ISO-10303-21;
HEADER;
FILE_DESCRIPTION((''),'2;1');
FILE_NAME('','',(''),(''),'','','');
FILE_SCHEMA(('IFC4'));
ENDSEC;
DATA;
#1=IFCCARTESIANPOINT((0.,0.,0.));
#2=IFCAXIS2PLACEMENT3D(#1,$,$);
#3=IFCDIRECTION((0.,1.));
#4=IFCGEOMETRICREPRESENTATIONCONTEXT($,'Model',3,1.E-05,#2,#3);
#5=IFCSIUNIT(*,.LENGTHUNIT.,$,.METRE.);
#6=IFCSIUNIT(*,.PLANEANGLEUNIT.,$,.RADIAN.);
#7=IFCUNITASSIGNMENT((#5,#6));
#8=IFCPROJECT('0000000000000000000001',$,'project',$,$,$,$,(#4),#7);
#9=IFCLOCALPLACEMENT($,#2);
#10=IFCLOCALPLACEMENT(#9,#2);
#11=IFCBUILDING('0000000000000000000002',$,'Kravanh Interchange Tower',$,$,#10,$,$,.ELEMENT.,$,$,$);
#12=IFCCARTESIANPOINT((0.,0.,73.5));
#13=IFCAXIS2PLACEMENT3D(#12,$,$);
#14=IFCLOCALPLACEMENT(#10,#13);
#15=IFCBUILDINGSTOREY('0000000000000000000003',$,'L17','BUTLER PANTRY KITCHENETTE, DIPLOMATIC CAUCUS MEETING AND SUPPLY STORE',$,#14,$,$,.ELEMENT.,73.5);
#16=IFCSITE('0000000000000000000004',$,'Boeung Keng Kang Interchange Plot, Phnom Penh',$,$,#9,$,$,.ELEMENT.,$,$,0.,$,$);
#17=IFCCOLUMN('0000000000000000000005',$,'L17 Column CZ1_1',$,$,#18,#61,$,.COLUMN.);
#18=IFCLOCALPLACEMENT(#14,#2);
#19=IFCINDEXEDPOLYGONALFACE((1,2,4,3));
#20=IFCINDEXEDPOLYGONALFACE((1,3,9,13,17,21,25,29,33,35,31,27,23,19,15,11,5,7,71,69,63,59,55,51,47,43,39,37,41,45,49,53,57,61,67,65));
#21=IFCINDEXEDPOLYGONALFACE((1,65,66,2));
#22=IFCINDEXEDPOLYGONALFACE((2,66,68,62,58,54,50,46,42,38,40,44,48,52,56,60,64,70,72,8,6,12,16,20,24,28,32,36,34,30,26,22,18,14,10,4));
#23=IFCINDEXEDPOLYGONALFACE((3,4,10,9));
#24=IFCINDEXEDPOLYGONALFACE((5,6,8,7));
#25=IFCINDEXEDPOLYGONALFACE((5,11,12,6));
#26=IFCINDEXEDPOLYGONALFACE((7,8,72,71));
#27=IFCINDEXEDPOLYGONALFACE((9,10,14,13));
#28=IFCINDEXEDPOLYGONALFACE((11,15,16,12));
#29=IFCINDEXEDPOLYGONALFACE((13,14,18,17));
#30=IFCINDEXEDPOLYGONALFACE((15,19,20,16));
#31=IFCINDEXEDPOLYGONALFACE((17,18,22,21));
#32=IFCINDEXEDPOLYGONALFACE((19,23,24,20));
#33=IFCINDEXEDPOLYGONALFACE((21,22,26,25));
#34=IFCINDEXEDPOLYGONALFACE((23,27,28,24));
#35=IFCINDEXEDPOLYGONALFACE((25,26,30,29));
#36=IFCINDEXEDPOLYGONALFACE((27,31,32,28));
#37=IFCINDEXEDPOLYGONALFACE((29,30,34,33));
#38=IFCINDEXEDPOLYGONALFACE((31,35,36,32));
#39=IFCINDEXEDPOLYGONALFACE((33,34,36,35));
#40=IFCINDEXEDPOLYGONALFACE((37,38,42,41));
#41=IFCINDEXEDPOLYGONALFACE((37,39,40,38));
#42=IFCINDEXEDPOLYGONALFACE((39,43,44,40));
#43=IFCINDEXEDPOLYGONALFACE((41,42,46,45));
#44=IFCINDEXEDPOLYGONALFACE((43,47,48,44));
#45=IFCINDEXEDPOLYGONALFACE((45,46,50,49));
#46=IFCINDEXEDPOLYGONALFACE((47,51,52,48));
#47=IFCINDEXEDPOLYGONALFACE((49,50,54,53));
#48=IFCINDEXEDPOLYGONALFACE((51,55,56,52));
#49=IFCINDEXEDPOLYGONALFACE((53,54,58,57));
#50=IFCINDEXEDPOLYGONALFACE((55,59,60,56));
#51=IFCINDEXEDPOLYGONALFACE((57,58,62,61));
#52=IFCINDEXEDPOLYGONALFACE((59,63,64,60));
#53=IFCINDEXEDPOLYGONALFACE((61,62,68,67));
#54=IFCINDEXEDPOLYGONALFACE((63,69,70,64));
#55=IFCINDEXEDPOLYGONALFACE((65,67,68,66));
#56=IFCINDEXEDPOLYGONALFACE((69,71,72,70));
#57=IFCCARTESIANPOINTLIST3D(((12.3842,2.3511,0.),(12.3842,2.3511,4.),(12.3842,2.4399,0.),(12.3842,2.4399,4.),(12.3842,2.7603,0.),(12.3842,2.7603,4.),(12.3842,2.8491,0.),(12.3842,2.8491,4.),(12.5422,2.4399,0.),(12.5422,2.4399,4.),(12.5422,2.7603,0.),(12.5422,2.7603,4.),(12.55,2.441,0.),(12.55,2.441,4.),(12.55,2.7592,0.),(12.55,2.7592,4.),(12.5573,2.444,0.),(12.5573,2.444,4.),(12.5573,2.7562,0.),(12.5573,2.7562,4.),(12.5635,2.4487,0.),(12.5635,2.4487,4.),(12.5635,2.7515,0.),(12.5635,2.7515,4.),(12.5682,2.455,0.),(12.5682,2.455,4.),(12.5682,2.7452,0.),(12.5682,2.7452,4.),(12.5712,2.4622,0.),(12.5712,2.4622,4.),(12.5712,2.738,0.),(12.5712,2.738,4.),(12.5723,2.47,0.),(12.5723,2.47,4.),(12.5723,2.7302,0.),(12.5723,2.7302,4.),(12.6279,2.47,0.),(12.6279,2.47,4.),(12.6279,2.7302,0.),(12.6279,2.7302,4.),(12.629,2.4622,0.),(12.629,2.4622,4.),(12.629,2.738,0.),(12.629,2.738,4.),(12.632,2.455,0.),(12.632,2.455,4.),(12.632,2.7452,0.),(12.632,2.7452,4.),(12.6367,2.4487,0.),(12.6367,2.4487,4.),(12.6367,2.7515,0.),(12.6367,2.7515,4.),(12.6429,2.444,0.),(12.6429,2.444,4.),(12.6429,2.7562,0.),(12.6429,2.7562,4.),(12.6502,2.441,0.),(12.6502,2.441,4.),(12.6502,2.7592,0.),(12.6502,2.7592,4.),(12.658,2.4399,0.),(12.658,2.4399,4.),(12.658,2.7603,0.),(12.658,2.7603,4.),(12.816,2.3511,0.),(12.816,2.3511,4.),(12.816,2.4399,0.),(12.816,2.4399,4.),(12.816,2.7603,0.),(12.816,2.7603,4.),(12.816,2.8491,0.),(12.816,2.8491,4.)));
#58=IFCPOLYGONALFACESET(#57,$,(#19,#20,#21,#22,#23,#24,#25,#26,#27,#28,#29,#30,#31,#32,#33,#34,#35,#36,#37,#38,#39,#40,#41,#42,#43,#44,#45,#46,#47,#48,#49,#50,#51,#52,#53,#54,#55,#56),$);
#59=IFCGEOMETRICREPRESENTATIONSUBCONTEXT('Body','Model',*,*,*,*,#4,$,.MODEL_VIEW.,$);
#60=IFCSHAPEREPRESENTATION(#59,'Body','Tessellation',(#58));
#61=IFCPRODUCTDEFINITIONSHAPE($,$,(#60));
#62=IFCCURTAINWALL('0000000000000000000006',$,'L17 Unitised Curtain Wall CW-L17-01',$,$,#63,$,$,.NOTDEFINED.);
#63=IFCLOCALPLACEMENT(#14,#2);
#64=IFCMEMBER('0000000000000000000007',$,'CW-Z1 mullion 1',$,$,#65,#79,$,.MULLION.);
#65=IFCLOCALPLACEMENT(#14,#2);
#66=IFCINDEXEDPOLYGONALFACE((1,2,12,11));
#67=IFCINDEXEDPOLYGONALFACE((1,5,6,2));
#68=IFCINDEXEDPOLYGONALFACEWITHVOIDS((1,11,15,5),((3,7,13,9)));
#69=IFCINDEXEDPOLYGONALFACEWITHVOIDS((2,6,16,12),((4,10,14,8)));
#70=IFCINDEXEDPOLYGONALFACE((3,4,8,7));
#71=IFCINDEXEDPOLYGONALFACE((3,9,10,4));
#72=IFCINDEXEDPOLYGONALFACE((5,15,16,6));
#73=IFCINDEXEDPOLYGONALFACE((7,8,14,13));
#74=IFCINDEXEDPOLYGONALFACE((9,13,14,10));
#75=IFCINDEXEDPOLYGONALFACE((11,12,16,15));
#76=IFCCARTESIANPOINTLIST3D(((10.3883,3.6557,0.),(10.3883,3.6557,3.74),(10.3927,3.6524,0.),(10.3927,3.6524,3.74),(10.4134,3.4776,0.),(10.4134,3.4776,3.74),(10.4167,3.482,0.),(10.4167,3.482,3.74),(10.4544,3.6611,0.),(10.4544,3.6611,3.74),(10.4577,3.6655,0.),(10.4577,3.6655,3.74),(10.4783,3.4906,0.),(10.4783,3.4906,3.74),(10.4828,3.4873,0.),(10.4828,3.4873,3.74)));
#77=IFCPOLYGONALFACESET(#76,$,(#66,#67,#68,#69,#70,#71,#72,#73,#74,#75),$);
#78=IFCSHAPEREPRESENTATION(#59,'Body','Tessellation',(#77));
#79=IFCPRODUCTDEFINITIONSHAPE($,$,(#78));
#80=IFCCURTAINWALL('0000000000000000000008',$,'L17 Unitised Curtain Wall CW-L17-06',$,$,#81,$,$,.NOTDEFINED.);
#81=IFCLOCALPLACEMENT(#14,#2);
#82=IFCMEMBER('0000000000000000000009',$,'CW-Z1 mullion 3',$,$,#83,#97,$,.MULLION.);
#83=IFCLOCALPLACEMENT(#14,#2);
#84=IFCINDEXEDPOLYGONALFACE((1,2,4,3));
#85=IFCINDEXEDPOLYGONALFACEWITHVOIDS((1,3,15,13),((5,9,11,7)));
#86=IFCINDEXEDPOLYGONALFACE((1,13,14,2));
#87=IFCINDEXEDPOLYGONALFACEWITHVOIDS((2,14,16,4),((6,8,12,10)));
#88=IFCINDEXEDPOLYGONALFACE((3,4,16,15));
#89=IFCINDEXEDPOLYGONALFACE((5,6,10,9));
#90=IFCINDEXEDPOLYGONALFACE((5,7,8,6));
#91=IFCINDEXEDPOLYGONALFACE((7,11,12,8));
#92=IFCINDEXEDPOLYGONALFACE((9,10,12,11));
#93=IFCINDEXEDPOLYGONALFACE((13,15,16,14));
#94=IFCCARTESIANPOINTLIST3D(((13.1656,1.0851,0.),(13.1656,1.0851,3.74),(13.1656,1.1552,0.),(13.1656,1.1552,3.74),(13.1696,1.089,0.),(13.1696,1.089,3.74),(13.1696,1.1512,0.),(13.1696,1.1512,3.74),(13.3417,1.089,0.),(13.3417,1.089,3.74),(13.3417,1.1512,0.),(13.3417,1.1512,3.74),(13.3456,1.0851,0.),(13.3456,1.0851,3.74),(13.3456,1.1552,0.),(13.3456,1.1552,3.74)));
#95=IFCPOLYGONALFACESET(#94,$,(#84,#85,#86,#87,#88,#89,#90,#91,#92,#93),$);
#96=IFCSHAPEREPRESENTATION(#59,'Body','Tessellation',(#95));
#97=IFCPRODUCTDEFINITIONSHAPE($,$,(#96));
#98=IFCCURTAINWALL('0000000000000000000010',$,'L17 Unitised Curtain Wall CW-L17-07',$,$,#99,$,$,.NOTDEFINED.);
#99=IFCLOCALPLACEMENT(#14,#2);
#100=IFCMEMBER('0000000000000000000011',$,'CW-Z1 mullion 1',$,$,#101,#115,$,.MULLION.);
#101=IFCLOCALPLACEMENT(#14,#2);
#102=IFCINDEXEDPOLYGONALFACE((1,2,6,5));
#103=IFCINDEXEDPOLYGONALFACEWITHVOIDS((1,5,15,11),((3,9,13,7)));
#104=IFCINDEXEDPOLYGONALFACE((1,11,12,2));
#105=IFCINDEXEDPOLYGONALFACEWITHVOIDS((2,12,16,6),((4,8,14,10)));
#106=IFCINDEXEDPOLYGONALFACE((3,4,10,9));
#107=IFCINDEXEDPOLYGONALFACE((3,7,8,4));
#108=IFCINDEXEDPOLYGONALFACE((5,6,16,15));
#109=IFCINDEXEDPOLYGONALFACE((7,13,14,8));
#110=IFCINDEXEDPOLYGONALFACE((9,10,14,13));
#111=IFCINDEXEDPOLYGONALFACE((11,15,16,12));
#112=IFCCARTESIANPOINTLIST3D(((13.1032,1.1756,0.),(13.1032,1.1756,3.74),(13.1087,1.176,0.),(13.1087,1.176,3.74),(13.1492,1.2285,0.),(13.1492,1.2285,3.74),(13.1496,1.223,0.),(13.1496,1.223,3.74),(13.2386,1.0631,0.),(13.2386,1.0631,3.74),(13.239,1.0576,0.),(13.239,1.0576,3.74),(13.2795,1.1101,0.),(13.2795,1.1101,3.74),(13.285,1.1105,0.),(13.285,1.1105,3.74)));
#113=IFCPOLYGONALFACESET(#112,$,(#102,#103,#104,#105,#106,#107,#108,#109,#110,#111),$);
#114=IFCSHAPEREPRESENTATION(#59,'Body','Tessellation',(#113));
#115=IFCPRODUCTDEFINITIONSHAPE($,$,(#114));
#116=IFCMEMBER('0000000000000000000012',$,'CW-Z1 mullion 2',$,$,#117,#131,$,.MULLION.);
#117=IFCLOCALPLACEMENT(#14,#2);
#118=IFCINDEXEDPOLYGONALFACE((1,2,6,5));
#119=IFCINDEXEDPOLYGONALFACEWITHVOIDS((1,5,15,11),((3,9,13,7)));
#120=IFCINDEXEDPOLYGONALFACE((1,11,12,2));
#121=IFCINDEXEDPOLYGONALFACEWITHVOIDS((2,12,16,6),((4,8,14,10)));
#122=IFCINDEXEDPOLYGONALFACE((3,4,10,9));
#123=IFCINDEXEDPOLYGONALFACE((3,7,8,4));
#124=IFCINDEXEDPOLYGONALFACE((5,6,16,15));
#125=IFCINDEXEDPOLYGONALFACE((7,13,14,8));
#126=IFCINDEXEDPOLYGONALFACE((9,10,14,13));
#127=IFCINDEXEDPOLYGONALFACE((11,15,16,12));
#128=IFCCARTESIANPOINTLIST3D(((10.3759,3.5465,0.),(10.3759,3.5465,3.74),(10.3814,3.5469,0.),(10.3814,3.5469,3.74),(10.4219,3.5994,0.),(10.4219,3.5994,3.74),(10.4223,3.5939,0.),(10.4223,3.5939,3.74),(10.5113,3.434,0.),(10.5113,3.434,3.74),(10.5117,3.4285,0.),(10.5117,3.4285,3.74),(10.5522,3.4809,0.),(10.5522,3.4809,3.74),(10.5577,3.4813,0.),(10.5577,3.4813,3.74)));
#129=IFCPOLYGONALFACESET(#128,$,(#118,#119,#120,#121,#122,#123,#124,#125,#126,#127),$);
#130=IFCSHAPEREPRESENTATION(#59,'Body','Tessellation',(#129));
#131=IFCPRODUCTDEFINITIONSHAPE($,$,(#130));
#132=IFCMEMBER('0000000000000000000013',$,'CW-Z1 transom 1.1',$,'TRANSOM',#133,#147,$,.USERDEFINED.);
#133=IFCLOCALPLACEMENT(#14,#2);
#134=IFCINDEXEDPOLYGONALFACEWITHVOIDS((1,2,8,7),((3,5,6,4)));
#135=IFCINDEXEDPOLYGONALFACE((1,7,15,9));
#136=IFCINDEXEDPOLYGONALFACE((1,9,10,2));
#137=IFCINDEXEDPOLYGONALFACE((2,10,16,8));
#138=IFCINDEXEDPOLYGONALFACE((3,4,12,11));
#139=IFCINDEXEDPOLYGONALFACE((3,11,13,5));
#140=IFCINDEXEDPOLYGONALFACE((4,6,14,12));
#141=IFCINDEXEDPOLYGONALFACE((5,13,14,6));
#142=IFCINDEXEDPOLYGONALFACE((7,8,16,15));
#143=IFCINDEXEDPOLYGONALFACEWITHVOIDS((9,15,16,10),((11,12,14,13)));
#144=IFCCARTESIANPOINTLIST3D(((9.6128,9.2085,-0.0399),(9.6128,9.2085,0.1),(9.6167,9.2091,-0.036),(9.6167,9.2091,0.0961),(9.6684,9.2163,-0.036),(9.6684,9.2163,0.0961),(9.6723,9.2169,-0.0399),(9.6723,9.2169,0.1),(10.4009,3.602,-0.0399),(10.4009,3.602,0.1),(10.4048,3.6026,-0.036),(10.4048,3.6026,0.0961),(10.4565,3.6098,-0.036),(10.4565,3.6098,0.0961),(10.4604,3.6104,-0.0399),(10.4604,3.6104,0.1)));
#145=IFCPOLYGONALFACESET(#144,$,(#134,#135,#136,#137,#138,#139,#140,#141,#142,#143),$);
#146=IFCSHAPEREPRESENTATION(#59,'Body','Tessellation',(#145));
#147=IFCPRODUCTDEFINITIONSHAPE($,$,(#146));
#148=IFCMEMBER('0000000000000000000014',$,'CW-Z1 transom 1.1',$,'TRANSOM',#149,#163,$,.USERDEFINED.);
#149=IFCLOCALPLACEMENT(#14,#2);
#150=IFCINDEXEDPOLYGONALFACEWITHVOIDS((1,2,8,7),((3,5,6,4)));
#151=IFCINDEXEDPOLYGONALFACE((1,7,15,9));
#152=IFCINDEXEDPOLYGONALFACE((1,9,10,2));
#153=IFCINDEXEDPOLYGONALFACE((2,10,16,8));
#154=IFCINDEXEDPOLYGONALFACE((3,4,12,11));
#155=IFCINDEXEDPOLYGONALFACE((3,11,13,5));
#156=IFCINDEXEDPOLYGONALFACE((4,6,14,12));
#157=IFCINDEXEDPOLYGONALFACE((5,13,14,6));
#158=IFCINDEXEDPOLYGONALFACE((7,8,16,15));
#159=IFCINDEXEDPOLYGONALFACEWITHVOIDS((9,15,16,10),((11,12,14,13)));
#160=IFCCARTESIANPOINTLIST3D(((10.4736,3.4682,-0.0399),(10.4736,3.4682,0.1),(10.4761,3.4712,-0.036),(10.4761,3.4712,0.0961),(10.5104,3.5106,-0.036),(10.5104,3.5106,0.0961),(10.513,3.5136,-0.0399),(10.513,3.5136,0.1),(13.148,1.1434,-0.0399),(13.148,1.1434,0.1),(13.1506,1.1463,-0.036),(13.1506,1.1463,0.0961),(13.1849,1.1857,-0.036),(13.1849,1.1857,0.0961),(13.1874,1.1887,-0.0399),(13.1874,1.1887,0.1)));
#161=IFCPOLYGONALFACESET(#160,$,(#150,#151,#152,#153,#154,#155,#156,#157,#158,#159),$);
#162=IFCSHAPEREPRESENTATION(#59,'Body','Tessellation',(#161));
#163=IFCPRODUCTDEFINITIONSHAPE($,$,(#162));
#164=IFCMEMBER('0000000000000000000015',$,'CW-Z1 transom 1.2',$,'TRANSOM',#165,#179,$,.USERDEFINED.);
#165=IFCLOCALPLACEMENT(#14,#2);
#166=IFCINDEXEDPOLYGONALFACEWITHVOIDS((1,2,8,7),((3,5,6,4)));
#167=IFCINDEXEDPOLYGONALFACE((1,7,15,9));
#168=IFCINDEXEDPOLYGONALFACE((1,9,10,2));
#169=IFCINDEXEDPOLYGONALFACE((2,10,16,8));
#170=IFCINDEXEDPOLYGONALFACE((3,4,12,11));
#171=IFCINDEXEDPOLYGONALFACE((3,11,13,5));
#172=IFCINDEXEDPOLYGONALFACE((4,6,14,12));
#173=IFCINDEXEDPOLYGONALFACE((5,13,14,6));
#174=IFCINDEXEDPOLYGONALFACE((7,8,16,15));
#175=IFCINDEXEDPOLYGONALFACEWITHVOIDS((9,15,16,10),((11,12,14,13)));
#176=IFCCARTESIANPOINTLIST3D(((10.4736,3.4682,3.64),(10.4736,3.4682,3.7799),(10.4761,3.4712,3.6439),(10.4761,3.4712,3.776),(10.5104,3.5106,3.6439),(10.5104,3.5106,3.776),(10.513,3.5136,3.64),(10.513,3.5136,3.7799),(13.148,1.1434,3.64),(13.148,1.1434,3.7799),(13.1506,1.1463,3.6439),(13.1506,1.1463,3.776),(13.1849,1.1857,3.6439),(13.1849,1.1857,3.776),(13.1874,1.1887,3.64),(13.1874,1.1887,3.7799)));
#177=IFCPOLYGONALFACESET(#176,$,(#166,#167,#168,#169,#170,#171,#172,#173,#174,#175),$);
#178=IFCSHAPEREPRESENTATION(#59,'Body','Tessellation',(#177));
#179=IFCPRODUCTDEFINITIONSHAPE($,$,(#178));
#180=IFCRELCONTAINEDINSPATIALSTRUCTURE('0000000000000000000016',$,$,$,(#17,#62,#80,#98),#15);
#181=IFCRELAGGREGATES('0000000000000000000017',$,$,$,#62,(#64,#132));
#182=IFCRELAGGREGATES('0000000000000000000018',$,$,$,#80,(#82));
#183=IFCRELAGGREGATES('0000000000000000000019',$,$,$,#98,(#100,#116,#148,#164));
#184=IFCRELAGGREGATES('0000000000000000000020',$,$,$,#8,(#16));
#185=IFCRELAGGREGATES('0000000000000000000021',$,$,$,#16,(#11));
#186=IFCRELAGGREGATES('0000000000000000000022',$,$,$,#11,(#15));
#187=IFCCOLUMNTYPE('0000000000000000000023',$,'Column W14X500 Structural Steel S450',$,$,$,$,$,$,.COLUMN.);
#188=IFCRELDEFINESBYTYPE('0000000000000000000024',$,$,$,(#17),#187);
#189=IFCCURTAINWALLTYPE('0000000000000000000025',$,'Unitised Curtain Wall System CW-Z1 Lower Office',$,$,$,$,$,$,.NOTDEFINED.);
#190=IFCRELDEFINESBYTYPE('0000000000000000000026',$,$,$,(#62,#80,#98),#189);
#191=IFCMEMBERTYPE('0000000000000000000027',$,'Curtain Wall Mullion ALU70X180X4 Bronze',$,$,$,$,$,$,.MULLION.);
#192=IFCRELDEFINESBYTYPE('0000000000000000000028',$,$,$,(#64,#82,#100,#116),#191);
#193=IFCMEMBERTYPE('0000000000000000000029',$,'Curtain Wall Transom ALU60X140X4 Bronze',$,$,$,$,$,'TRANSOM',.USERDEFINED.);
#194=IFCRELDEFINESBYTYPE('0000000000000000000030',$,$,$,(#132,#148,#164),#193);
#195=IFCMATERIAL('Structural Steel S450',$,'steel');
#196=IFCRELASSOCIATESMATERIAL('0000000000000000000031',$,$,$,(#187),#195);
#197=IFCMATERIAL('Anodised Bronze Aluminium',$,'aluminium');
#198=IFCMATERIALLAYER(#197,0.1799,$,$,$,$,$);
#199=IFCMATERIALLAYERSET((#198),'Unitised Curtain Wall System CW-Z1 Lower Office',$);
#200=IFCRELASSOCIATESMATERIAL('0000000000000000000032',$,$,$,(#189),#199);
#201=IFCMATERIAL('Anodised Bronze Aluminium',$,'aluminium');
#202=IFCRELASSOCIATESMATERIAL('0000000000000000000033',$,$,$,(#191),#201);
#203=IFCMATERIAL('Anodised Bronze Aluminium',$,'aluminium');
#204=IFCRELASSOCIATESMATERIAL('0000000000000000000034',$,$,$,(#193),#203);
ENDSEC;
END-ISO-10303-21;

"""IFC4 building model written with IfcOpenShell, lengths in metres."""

from ifc_helpers import new_model, si_unit, direction, frame, origin, origin_2d, place, context, subcontext, project, spatial, hollow_rectangle, i_section, extrude, material, layer, layer_set, material_profile, profile_set, type_object, element, aggregate, save


model = new_model("IFC4")

# Units and contexts
model_context = context("Model", 3, precision=1e-05, world=origin(), true_north=direction((0.0, 1.0)))
body_context = subcontext(model_context, "Body", "Model", "MODEL_VIEW")
ifc_project = project(units=[si_unit("LENGTHUNIT", "METRE"), si_unit("PLANEANGLEUNIT", "RADIAN")], contexts=[model_context])

# Site, building, storey
site_placement = place(None, origin())
site = spatial("IfcSite", under=ifc_project, at=site_placement, Name="Boeung Keng Kang Interchange Plot, Phnom Penh", CompositionType="ELEMENT", RefElevation=0.0)
building_placement = place(site_placement, origin())
building = spatial("IfcBuilding", under=site, at=building_placement, Name="Kravanh Interchange Tower", CompositionType="ELEMENT")
storey_placement = place(building_placement, frame((0.0, 0.0, 73.5)))
storey = spatial("IfcBuildingStorey", under=building, at=storey_placement, Name="L17", Description="BUTLER PANTRY KITCHENETTE, DIPLOMATIC CAUCUS MEETING AND SUPPLY STORE", CompositionType="ELEMENT", Elevation=73.5)

# Column
ifc_material_1 = material(Name="Structural Steel S450", Category="steel")
ifc_material_profile_1 = material_profile(ifc_material_1, i_section(OverallWidth=0.4319, OverallDepth=0.498, WebThickness=0.0557, FlangeThickness=0.0889, FilletRadius=0.03, at=origin_2d()), Name="W14X500")
ifc_profile_set_1 = profile_set([ifc_material_profile_1], Name="Structural Steel S450")
column_type = type_object("IfcColumnType", Name="Column W14X500 Structural Steel S450", PredefinedType="COLUMN", material=ifc_profile_set_1)
column_placement = place(storey_placement, frame((12.6001, 2.6001, 0.0), z_axis=(0.0, 0.0, 1.0), x_axis=(1.0, 0.0, 0.0)))
element("IfcColumn", 1, at=column_placement, inside=storey, type_object=column_type, Name="L17 Column CZ1_1", PredefinedType="COLUMN", context=body_context, shape_type="SweptSolid", body=[
    extrude(i_section(OverallWidth=0.4319, OverallDepth=0.498, WebThickness=0.0557, FlangeThickness=0.0889, FilletRadius=0.03, at=origin_2d()), origin(), (0.0, 0.0, 1.0), 4.0),
])

# Curtain walls, members
ifc_material_2 = material(Name="Anodised Bronze Aluminium", Category="aluminium")
ifc_layer_1 = layer(ifc_material_2, 0.1799)
ifc_layer_set_1 = layer_set([ifc_layer_1], Name="Unitised Curtain Wall System CW-Z1 Lower Office")
curtain_wall_type = type_object("IfcCurtainWallType", Name="Unitised Curtain Wall System CW-Z1 Lower Office", PredefinedType="NOTDEFINED", material=ifc_layer_set_1)
curtain_wall_1_placement = place(storey_placement, origin())
curtain_wall_1 = element("IfcCurtainWall", 2, at=curtain_wall_1_placement, inside=storey, type_object=curtain_wall_type, Name="L17 Unitised Curtain Wall CW-L17-01", PredefinedType="NOTDEFINED")
ifc_material_3 = material(Name="Anodised Bronze Aluminium", Category="aluminium")
ifc_material_profile_2 = material_profile(ifc_material_3, hollow_rectangle(XDim=0.0701, YDim=0.1799, WallThickness=0.0039, at=origin_2d()), Name="ALU70X180X4")
ifc_profile_set_2 = profile_set([ifc_material_profile_2], Name="Anodised Bronze Aluminium")
member_type_1 = type_object("IfcMemberType", Name="Curtain Wall Mullion ALU70X180X4 Bronze", PredefinedType="MULLION", material=ifc_profile_set_2)
member_1_placement = place(storey_placement, frame((10.4355, 3.5715, 0.0), z_axis=(0.0, 0.0, 1.0), x_axis=(-0.990268, -0.139177, 0.0)))
member_1 = element("IfcMember", 3, at=member_1_placement, type_object=member_type_1, Name="CW-Z1 mullion 1", PredefinedType="MULLION", context=body_context, shape_type="SweptSolid", body=[
    extrude(hollow_rectangle(XDim=0.0701, YDim=0.1799, WallThickness=0.0039, at=origin_2d()), origin(), (0.0, 0.0, 1.0), 3.74),
])
curtain_wall_2_placement = place(storey_placement, origin())
curtain_wall_2 = element("IfcCurtainWall", 4, at=curtain_wall_2_placement, inside=storey, type_object=curtain_wall_type, Name="L17 Unitised Curtain Wall CW-L17-06", PredefinedType="NOTDEFINED")
member_2_placement = place(storey_placement, frame((13.2556, 1.1201, 0.0), z_axis=(0.0, 0.0, 1.0), x_axis=(0.0, -1.0, 0.0)))
member_2 = element("IfcMember", 5, at=member_2_placement, type_object=member_type_1, Name="CW-Z1 mullion 3", PredefinedType="MULLION", context=body_context, shape_type="SweptSolid", body=[
    extrude(hollow_rectangle(XDim=0.0701, YDim=0.1799, WallThickness=0.0039, at=origin_2d()), origin(), (0.0, 0.0, 1.0), 3.74),
])

# Curtain wall, members
curtain_wall_3_placement = place(storey_placement, origin())
curtain_wall_3 = element("IfcCurtainWall", 6, at=curtain_wall_3_placement, inside=storey, type_object=curtain_wall_type, Name="L17 Unitised Curtain Wall CW-L17-07", PredefinedType="NOTDEFINED")
member_3_placement = place(storey_placement, frame((13.1941, 1.1431, 0.0), z_axis=(0.0, 0.0, 1.0), x_axis=(-0.65606, -0.754708, 0.0)))
member_3 = element("IfcMember", 7, at=member_3_placement, type_object=member_type_1, Name="CW-Z1 mullion 1", PredefinedType="MULLION", context=body_context, shape_type="SweptSolid", body=[
    extrude(hollow_rectangle(XDim=0.0701, YDim=0.1799, WallThickness=0.0039, at=origin_2d()), origin(), (0.0, 0.0, 1.0), 3.74),
])
member_4_placement = place(storey_placement, frame((10.4668, 3.5139, 0.0), z_axis=(0.0, 0.0, 1.0), x_axis=(-0.65606, -0.754708, 0.0)))
member_4 = element("IfcMember", 8, at=member_4_placement, type_object=member_type_1, Name="CW-Z1 mullion 2", PredefinedType="MULLION", context=body_context, shape_type="SweptSolid", body=[
    extrude(hollow_rectangle(XDim=0.0701, YDim=0.1799, WallThickness=0.0039, at=origin_2d()), origin(), (0.0, 0.0, 1.0), 3.74),
])

# Members
ifc_material_4 = material(Name="Anodised Bronze Aluminium", Category="aluminium")
ifc_material_profile_3 = material_profile(ifc_material_4, hollow_rectangle(XDim=0.0601, YDim=0.1399, WallThickness=0.0039, at=origin_2d()), Name="ALU60X140X4")
ifc_profile_set_3 = profile_set([ifc_material_profile_3], Name="Anodised Bronze Aluminium")
member_type_2 = type_object("IfcMemberType", Name="Curtain Wall Transom ALU60X140X4 Bronze", ElementType="TRANSOM", PredefinedType="USERDEFINED", material=ifc_profile_set_3)
member_5_placement = place(storey_placement, frame((10.4307, 3.6062, 0.03), z_axis=(-0.139199, 0.990264, 0.0), x_axis=(-0.990264, -0.139199, 0.0)))
member_5 = element("IfcMember", 9, at=member_5_placement, type_object=member_type_2, Name="CW-Z1 transom 1.1", ObjectType="TRANSOM", PredefinedType="USERDEFINED", context=body_context, shape_type="SweptSolid", body=[
    extrude(hollow_rectangle(XDim=0.0601, YDim=0.1399, WallThickness=0.0039, at=origin_2d()), origin(), (0.0, 0.0, 1.0), 5.6616),
])
aggregate(curtain_wall_1, [member_1, member_5])
member_6_placement = place(storey_placement, frame((13.1677, 1.166, 0.03), z_axis=(-0.754711, 0.656058, 0.0), x_axis=(-0.656058, -0.754711, 0.0)))
member_6 = element("IfcMember", 10, at=member_6_placement, type_object=member_type_2, Name="CW-Z1 transom 1.1", ObjectType="TRANSOM", PredefinedType="USERDEFINED", context=body_context, shape_type="SweptSolid", body=[
    extrude(hollow_rectangle(XDim=0.0601, YDim=0.1399, WallThickness=0.0039, at=origin_2d()), origin(), (0.0, 0.0, 1.0), 3.5437),
])
member_7_placement = place(storey_placement, frame((13.1677, 1.166, 3.71), z_axis=(-0.754711, 0.656058, 0.0), x_axis=(-0.656058, -0.754711, 0.0)))
member_7 = element("IfcMember", 11, at=member_7_placement, type_object=member_type_2, Name="CW-Z1 transom 1.2", ObjectType="TRANSOM", PredefinedType="USERDEFINED", context=body_context, shape_type="SweptSolid", body=[
    extrude(hollow_rectangle(XDim=0.0601, YDim=0.1399, WallThickness=0.0039, at=origin_2d()), origin(), (0.0, 0.0, 1.0), 3.5437),
])

aggregate(curtain_wall_2, [member_2])
aggregate(curtain_wall_3, [member_3, member_4, member_6, member_7])

save(model, "model.ifc")
